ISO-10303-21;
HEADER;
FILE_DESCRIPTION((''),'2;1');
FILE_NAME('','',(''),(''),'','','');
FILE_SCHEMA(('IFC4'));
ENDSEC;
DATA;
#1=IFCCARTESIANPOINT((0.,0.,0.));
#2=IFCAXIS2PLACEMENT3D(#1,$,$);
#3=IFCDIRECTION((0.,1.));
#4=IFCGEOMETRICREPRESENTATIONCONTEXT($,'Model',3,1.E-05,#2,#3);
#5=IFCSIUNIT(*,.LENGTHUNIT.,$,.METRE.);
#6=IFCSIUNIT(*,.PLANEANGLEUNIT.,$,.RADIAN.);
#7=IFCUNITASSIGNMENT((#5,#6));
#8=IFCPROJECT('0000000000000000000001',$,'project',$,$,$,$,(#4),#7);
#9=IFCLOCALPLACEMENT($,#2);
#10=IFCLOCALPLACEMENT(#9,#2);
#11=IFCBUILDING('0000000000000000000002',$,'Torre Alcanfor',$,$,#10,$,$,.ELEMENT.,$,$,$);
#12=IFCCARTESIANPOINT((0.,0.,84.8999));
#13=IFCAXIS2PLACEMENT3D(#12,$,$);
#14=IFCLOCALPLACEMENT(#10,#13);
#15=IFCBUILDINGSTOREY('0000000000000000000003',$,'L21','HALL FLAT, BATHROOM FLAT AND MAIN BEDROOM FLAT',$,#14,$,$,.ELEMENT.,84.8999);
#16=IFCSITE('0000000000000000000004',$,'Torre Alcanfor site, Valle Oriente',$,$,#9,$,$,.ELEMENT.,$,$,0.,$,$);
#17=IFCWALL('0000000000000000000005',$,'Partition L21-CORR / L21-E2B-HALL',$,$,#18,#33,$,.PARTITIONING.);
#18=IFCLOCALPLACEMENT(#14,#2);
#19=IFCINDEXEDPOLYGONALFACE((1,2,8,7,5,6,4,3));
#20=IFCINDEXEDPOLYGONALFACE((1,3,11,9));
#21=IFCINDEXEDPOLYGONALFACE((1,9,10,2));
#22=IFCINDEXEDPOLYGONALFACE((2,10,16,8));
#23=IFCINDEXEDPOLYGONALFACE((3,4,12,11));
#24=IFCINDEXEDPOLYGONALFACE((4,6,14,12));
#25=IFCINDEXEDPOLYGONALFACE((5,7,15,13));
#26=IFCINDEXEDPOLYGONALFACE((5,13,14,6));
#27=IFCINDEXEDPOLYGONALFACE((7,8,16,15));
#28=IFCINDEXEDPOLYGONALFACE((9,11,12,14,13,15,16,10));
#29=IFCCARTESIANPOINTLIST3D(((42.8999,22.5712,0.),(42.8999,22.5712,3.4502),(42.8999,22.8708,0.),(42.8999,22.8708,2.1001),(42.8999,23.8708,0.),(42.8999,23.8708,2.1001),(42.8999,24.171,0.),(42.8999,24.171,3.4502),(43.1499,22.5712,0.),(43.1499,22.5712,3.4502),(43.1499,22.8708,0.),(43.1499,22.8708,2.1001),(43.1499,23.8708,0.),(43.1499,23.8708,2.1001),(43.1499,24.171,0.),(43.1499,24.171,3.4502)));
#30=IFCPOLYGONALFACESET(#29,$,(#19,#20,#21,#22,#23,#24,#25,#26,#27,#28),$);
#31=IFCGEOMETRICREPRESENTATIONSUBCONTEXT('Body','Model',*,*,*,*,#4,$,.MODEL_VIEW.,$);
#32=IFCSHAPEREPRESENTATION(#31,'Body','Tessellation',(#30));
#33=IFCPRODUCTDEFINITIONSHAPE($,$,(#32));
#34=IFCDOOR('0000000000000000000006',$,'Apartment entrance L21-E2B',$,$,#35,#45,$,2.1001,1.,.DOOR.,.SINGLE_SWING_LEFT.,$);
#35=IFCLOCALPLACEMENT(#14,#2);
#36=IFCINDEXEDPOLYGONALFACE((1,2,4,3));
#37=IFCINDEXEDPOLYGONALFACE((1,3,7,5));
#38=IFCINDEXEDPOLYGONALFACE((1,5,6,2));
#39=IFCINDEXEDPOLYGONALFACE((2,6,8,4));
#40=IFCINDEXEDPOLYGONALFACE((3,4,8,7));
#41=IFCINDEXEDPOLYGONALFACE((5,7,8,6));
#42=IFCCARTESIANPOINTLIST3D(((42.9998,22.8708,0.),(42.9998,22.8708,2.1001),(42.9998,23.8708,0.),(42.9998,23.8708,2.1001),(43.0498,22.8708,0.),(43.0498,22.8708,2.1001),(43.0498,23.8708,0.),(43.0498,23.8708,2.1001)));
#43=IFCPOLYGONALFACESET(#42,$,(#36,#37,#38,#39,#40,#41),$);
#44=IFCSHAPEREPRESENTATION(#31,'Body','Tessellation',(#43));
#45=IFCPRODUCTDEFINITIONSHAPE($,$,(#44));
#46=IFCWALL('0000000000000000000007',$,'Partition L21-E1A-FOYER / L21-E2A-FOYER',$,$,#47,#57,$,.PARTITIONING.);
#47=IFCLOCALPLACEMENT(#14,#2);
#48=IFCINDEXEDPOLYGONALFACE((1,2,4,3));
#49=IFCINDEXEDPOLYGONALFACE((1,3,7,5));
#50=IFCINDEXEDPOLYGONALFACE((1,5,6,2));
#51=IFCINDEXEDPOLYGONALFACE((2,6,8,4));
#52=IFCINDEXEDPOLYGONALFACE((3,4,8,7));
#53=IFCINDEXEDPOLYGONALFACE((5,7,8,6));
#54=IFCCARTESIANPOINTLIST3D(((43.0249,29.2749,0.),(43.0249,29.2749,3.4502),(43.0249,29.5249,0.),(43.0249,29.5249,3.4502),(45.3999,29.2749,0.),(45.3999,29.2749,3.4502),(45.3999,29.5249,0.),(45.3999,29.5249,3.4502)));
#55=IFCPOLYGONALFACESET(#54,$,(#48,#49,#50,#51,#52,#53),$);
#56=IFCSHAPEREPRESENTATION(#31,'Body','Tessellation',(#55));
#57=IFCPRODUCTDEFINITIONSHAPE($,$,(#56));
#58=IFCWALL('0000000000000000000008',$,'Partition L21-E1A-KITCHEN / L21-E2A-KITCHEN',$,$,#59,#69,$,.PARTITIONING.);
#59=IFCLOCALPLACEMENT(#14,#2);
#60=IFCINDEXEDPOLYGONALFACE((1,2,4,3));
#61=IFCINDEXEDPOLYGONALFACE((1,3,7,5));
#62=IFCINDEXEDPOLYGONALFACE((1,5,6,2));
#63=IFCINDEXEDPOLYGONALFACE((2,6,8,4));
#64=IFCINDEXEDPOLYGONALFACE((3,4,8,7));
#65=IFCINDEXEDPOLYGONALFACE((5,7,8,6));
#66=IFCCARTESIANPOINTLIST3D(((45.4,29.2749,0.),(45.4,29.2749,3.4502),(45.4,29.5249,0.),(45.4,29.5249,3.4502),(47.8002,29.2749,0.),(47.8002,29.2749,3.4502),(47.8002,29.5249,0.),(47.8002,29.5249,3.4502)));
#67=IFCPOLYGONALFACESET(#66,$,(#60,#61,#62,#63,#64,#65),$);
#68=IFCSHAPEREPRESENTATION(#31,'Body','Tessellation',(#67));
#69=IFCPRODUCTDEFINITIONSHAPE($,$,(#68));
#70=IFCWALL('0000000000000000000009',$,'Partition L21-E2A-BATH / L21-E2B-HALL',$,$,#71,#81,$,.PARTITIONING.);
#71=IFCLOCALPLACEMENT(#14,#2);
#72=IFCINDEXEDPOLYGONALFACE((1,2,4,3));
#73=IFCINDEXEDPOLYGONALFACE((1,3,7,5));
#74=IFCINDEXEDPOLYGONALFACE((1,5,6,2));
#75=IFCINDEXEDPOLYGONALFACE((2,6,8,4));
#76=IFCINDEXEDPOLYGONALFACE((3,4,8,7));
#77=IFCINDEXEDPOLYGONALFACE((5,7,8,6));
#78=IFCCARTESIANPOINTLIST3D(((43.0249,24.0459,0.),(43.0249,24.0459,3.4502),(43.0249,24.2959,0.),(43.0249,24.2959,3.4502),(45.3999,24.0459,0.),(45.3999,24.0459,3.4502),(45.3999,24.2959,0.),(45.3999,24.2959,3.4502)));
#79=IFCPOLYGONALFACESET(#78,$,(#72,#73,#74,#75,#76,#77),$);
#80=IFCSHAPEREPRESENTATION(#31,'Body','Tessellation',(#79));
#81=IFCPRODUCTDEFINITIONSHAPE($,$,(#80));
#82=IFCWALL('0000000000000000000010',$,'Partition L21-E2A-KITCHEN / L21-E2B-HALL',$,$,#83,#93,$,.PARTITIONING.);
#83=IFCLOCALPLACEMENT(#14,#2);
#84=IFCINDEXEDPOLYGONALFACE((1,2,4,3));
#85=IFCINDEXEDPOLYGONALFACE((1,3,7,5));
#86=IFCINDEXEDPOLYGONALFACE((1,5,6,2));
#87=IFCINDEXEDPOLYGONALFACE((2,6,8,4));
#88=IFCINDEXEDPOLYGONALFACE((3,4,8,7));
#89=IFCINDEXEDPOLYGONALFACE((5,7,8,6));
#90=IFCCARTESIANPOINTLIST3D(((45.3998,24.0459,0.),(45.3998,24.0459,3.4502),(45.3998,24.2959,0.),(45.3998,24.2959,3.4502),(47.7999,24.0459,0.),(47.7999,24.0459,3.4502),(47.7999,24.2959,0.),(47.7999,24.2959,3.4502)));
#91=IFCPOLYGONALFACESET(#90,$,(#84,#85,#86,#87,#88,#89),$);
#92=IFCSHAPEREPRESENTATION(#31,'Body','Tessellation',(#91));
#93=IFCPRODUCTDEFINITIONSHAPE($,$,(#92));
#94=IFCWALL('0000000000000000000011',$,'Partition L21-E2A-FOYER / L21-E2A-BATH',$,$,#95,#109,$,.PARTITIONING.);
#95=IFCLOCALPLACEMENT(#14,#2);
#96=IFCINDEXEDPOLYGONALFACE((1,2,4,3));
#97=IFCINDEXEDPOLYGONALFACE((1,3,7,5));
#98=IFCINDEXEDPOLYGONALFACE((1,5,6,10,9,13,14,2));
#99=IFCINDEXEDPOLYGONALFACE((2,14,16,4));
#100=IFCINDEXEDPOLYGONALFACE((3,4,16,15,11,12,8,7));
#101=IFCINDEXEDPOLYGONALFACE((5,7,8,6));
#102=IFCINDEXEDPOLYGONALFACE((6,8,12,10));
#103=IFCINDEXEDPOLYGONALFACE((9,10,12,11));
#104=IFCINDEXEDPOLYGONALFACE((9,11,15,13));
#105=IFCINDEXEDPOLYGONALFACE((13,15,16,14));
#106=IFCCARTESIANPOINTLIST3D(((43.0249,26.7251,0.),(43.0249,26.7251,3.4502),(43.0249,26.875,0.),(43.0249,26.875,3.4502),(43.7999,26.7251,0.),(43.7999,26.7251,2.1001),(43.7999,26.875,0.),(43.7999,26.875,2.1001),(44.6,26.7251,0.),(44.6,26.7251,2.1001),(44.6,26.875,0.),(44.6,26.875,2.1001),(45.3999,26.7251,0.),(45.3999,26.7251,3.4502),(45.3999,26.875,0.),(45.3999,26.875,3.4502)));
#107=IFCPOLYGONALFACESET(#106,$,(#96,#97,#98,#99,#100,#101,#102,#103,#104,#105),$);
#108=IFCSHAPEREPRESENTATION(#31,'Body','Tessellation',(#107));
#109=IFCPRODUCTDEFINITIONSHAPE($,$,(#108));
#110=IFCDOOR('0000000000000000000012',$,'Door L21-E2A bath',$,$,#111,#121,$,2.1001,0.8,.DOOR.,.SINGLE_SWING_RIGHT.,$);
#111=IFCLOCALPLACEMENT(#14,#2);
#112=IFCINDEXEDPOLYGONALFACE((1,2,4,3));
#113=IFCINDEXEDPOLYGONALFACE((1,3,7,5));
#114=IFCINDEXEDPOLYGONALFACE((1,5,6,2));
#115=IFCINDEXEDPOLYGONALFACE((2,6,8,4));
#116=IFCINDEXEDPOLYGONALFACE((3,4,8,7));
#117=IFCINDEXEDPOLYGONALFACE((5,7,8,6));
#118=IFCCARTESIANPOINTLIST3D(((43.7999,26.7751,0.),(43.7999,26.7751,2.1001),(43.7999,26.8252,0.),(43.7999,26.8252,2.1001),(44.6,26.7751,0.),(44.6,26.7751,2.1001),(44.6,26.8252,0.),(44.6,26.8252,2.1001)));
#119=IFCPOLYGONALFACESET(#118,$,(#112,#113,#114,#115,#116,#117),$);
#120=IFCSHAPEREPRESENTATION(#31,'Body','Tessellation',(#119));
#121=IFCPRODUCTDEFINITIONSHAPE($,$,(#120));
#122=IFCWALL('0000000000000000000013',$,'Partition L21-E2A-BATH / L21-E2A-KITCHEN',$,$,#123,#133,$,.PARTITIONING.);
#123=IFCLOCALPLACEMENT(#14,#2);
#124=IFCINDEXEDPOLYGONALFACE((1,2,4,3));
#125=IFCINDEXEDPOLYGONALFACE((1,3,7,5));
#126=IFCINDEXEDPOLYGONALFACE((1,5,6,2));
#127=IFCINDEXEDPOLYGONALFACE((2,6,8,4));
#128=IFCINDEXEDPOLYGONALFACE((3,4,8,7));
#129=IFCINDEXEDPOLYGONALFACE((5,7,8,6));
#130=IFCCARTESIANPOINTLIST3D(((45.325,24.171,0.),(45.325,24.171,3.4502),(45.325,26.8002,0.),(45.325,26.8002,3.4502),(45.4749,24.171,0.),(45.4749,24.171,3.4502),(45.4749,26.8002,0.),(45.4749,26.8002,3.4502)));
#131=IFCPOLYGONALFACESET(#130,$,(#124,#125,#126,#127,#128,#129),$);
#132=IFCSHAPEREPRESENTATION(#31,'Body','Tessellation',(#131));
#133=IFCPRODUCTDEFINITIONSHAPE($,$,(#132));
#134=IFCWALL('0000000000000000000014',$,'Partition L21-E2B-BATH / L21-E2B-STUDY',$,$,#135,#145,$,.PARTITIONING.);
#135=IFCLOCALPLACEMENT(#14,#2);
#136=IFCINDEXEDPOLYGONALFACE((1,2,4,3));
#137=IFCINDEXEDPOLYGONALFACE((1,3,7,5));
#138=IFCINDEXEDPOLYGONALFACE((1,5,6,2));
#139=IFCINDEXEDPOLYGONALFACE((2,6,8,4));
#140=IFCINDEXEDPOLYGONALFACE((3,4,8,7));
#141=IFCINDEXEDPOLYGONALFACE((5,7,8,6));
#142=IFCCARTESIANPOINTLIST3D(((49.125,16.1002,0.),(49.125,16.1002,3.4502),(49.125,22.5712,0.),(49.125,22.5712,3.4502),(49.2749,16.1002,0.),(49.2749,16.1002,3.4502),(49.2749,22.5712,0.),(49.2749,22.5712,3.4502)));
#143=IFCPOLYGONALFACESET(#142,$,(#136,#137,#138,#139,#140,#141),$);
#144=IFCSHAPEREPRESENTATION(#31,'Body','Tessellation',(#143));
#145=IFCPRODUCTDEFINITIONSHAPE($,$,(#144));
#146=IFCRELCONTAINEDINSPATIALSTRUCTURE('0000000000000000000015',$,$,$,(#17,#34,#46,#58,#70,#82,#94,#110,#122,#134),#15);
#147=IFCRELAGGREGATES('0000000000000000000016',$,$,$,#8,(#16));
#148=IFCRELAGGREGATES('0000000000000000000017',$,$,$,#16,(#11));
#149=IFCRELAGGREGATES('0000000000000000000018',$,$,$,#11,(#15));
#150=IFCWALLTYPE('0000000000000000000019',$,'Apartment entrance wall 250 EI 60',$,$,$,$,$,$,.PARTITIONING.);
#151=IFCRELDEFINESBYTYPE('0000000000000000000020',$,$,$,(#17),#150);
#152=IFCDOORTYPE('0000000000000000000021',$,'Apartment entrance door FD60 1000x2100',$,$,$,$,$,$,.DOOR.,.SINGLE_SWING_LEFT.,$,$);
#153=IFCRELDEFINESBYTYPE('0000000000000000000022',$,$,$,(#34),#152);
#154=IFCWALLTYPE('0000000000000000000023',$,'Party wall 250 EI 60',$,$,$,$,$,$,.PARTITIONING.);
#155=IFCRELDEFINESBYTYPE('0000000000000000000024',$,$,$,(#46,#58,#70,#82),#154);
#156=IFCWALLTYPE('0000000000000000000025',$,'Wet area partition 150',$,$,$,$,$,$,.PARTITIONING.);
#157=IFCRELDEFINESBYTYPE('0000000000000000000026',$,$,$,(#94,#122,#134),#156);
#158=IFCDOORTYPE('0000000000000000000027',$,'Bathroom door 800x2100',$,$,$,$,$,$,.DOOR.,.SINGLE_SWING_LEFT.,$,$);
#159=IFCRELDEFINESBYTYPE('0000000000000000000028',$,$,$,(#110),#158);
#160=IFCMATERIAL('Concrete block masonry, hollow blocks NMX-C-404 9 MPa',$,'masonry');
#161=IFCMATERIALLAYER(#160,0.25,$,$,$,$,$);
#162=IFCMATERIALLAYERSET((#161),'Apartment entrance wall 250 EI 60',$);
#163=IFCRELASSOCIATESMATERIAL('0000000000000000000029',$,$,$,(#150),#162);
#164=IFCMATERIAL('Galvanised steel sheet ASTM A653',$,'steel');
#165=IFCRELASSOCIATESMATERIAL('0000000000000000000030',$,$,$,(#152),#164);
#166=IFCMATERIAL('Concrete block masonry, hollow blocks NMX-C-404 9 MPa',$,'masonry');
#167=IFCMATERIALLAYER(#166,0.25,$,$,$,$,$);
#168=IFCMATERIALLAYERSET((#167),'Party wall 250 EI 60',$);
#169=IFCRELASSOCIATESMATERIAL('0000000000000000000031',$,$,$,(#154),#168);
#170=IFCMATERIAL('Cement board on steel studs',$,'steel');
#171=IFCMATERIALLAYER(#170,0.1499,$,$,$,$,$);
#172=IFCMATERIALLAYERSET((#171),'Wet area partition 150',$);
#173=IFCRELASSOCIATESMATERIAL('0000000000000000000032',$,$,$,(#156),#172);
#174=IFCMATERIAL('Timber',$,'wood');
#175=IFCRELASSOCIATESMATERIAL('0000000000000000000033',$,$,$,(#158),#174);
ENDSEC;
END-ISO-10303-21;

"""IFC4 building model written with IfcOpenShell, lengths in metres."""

from ifc_helpers import new_model, si_unit, direction, frame, frame_2d, origin, place, context, subcontext, project, spatial, rectangle, extrude, material, layer, layer_set, type_object, element, fill, save


model = new_model("IFC4")

# Units and contexts
model_context = context("Model", 3, precision=1e-05, world=origin(), true_north=direction((0.0, 1.0)))
body_context = subcontext(model_context, "Body", "Model", "MODEL_VIEW")
ifc_project = project(units=[si_unit("LENGTHUNIT", "METRE"), si_unit("PLANEANGLEUNIT", "RADIAN")], contexts=[model_context])

# Site, building, storey
site_placement = place(None, origin())
site = spatial("IfcSite", under=ifc_project, at=site_placement, Name="Torre Alcanfor site, Valle Oriente", CompositionType="ELEMENT", RefElevation=0.0)
building_placement = place(site_placement, origin())
building = spatial("IfcBuilding", under=site, at=building_placement, Name="Torre Alcanfor", CompositionType="ELEMENT")
storey_placement = place(building_placement, frame((0.0, 0.0, 84.8999)))
storey = spatial("IfcBuildingStorey", under=building, at=storey_placement, Name="L21", Description="HALL FLAT, BATHROOM FLAT AND MAIN BEDROOM FLAT", CompositionType="ELEMENT", Elevation=84.8999)

# Shared definitions
ifc_material_1 = material(Name="Concrete block masonry, hollow blocks NMX-C-404 9 MPa", Category="masonry")
ifc_layer_1 = layer(ifc_material_1, 0.25)
ifc_layer_set_1 = layer_set([ifc_layer_1], Name="Apartment entrance wall 250 EI 60")
wall_type_1 = type_object("IfcWallType", Name="Apartment entrance wall 250 EI 60", PredefinedType="PARTITIONING", material=ifc_layer_set_1)
ifc_material_2 = material(Name="Galvanised steel sheet ASTM A653", Category="steel")
door_type_1 = type_object("IfcDoorType", Name="Apartment entrance door FD60 1000x2100", OperationType="SINGLE_SWING_LEFT", PredefinedType="DOOR", material=ifc_material_2)

# Wall, opening, door
wall_1_placement = place(storey_placement, frame((43.0249, 24.1709, 0.0), z_axis=(0.0, 0.0, 1.0), x_axis=(0.0, -1.0, 0.0)))
wall_1 = element("IfcWall", 1, at=wall_1_placement, inside=storey, type_object=wall_type_1, Name="Partition L21-CORR / L21-E2B-HALL", PredefinedType="PARTITIONING", context=body_context, shape_type="SweptSolid", body=[
    extrude(rectangle(XDim=1.5999, YDim=0.25, at=frame_2d((0.7998, 0.0))), origin(), (0.0, 0.0, 1.0), 3.4502),
])
opening_1_placement = place(wall_1_placement, frame((0.3, 0.0, 0.0)))
opening_1 = element("IfcOpeningElement", 2, at=opening_1_placement, cuts=wall_1, PredefinedType="OPENING", context=body_context, shape_type="SweptSolid", body=[
    extrude(rectangle(XDim=1.0, YDim=2.1001, at=frame_2d((0.5, 1.05))), frame((0.0, 0.135, 0.0), z_axis=(0.0, -1.0, 0.0), x_axis=(1.0, 0.0, 0.0)), (0.0, 0.0, 1.0), 0.27),
])
door_1_placement = place(opening_1_placement, origin())
door_1 = element("IfcDoor", 3, at=door_1_placement, inside=storey, type_object=door_type_1, Name="Apartment entrance L21-E2B", OperationType="SINGLE_SWING_LEFT", OverallHeight=2.1001, OverallWidth=1.0, PredefinedType="DOOR", context=body_context, shape_type="SweptSolid", body=[
    extrude(rectangle(XDim=1.0, YDim=2.1001, at=frame_2d((0.5, 1.05))), frame((0.0, 0.0249, 0.0), z_axis=(0.0, -1.0, 0.0), x_axis=(1.0, 0.0, 0.0)), (0.0, 0.0, 1.0), 0.05),
])
fill(opening_1, door_1)

# Walls
ifc_material_3 = material(Name="Concrete block masonry, hollow blocks NMX-C-404 9 MPa", Category="masonry")
ifc_layer_2 = layer(ifc_material_3, 0.25)
ifc_layer_set_2 = layer_set([ifc_layer_2], Name="Party wall 250 EI 60")
wall_type_2 = type_object("IfcWallType", Name="Party wall 250 EI 60", PredefinedType="PARTITIONING", material=ifc_layer_set_2)
wall_2_placement = place(storey_placement, frame((43.0249, 29.3999, 0.0), z_axis=(0.0, 0.0, 1.0), x_axis=(1.0, 0.0, 0.0)))
element("IfcWall", 4, at=wall_2_placement, inside=storey, type_object=wall_type_2, Name="Partition L21-E1A-FOYER / L21-E2A-FOYER", PredefinedType="PARTITIONING", context=body_context, shape_type="SweptSolid", body=[
    extrude(rectangle(XDim=2.375, YDim=0.25, at=frame_2d((1.1875, 0.0))), origin(), (0.0, 0.0, 1.0), 3.4502),
])
wall_3_placement = place(storey_placement, frame((45.3999, 29.3999, 0.0), z_axis=(0.0, 0.0, 1.0), x_axis=(1.0, 0.0, 0.0)))
element("IfcWall", 5, at=wall_3_placement, inside=storey, type_object=wall_type_2, Name="Partition L21-E1A-KITCHEN / L21-E2A-KITCHEN", PredefinedType="PARTITIONING", context=body_context, shape_type="SweptSolid", body=[
    extrude(rectangle(XDim=2.4001, YDim=0.25, at=frame_2d((1.2002, 0.0))), origin(), (0.0, 0.0, 1.0), 3.4502),
])
wall_4_placement = place(storey_placement, frame((45.3999, 24.1709, 0.0), z_axis=(0.0, 0.0, 1.0), x_axis=(-1.0, 0.0, 0.0)))
element("IfcWall", 6, at=wall_4_placement, inside=storey, type_object=wall_type_2, Name="Partition L21-E2A-BATH / L21-E2B-HALL", PredefinedType="PARTITIONING", context=body_context, shape_type="SweptSolid", body=[
    extrude(rectangle(XDim=2.375, YDim=0.25, at=frame_2d((1.1875, 0.0))), origin(), (0.0, 0.0, 1.0), 3.4502),
])
wall_5_placement = place(storey_placement, frame((47.8, 24.1709, 0.0), z_axis=(0.0, 0.0, 1.0), x_axis=(-1.0, 0.0, 0.0)))
element("IfcWall", 7, at=wall_5_placement, inside=storey, type_object=wall_type_2, Name="Partition L21-E2A-KITCHEN / L21-E2B-HALL", PredefinedType="PARTITIONING", context=body_context, shape_type="SweptSolid", body=[
    extrude(rectangle(XDim=2.4001, YDim=0.25, at=frame_2d((1.2002, 0.0))), origin(), (0.0, 0.0, 1.0), 3.4502),
])

# Wall, opening, door
ifc_material_4 = material(Name="Cement board on steel studs", Category="steel")
ifc_layer_3 = layer(ifc_material_4, 0.1499)
ifc_layer_set_3 = layer_set([ifc_layer_3], Name="Wet area partition 150")
wall_type_3 = type_object("IfcWallType", Name="Wet area partition 150", PredefinedType="PARTITIONING", material=ifc_layer_set_3)
wall_6_placement = place(storey_placement, frame((45.3999, 26.8, 0.0), z_axis=(0.0, 0.0, 1.0), x_axis=(-1.0, 0.0, 0.0)))
wall_6 = element("IfcWall", 8, at=wall_6_placement, inside=storey, type_object=wall_type_3, Name="Partition L21-E2A-FOYER / L21-E2A-BATH", PredefinedType="PARTITIONING", context=body_context, shape_type="SweptSolid", body=[
    extrude(rectangle(XDim=2.375, YDim=0.1499, at=frame_2d((1.1875, 0.0))), origin(), (0.0, 0.0, 1.0), 3.4502),
])
opening_2_placement = place(wall_6_placement, frame((0.8, 0.0, 0.0)))
opening_2 = element("IfcOpeningElement", 9, at=opening_2_placement, cuts=wall_6, PredefinedType="OPENING", context=body_context, shape_type="SweptSolid", body=[
    extrude(rectangle(XDim=0.8, YDim=2.1001, at=frame_2d((0.3999, 1.05))), frame((0.0, 0.085, 0.0), z_axis=(0.0, -1.0, 0.0), x_axis=(1.0, 0.0, 0.0)), (0.0, 0.0, 1.0), 0.1699),
])
ifc_material_5 = material(Name="Timber", Category="wood")
door_type_2 = type_object("IfcDoorType", Name="Bathroom door 800x2100", OperationType="SINGLE_SWING_LEFT", PredefinedType="DOOR", material=ifc_material_5)
door_2_placement = place(opening_2_placement, origin())
door_2 = element("IfcDoor", 10, at=door_2_placement, inside=storey, type_object=door_type_2, Name="Door L21-E2A bath", OperationType="SINGLE_SWING_RIGHT", OverallHeight=2.1001, OverallWidth=0.8, PredefinedType="DOOR", context=body_context, shape_type="SweptSolid", body=[
    extrude(rectangle(XDim=0.8, YDim=2.1001, at=frame_2d((0.3999, 1.05))), frame((0.0, 0.0249, 0.0), z_axis=(0.0, -1.0, 0.0), x_axis=(1.0, 0.0, 0.0)), (0.0, 0.0, 1.0), 0.05),
])
fill(opening_2, door_2)

# Walls
wall_7_placement = place(storey_placement, frame((45.3999, 26.8, 0.0), z_axis=(0.0, 0.0, 1.0), x_axis=(0.0, -1.0, 0.0)))
element("IfcWall", 11, at=wall_7_placement, inside=storey, type_object=wall_type_3, Name="Partition L21-E2A-BATH / L21-E2A-KITCHEN", PredefinedType="PARTITIONING", context=body_context, shape_type="SweptSolid", body=[
    extrude(rectangle(XDim=2.6292, YDim=0.1499, at=frame_2d((1.3145, 0.0))), origin(), (0.0, 0.0, 1.0), 3.4502),
])
wall_8_placement = place(storey_placement, frame((49.2, 22.571, 0.0), z_axis=(0.0, 0.0, 1.0), x_axis=(0.0, -1.0, 0.0)))
element("IfcWall", 12, at=wall_8_placement, inside=storey, type_object=wall_type_3, Name="Partition L21-E2B-BATH / L21-E2B-STUDY", PredefinedType="PARTITIONING", context=body_context, shape_type="SweptSolid", body=[
    extrude(rectangle(XDim=6.4709, YDim=0.1499, at=frame_2d((3.2354, 0.0))), origin(), (0.0, 0.0, 1.0), 3.4502),
])

save(model, "model.ifc")
